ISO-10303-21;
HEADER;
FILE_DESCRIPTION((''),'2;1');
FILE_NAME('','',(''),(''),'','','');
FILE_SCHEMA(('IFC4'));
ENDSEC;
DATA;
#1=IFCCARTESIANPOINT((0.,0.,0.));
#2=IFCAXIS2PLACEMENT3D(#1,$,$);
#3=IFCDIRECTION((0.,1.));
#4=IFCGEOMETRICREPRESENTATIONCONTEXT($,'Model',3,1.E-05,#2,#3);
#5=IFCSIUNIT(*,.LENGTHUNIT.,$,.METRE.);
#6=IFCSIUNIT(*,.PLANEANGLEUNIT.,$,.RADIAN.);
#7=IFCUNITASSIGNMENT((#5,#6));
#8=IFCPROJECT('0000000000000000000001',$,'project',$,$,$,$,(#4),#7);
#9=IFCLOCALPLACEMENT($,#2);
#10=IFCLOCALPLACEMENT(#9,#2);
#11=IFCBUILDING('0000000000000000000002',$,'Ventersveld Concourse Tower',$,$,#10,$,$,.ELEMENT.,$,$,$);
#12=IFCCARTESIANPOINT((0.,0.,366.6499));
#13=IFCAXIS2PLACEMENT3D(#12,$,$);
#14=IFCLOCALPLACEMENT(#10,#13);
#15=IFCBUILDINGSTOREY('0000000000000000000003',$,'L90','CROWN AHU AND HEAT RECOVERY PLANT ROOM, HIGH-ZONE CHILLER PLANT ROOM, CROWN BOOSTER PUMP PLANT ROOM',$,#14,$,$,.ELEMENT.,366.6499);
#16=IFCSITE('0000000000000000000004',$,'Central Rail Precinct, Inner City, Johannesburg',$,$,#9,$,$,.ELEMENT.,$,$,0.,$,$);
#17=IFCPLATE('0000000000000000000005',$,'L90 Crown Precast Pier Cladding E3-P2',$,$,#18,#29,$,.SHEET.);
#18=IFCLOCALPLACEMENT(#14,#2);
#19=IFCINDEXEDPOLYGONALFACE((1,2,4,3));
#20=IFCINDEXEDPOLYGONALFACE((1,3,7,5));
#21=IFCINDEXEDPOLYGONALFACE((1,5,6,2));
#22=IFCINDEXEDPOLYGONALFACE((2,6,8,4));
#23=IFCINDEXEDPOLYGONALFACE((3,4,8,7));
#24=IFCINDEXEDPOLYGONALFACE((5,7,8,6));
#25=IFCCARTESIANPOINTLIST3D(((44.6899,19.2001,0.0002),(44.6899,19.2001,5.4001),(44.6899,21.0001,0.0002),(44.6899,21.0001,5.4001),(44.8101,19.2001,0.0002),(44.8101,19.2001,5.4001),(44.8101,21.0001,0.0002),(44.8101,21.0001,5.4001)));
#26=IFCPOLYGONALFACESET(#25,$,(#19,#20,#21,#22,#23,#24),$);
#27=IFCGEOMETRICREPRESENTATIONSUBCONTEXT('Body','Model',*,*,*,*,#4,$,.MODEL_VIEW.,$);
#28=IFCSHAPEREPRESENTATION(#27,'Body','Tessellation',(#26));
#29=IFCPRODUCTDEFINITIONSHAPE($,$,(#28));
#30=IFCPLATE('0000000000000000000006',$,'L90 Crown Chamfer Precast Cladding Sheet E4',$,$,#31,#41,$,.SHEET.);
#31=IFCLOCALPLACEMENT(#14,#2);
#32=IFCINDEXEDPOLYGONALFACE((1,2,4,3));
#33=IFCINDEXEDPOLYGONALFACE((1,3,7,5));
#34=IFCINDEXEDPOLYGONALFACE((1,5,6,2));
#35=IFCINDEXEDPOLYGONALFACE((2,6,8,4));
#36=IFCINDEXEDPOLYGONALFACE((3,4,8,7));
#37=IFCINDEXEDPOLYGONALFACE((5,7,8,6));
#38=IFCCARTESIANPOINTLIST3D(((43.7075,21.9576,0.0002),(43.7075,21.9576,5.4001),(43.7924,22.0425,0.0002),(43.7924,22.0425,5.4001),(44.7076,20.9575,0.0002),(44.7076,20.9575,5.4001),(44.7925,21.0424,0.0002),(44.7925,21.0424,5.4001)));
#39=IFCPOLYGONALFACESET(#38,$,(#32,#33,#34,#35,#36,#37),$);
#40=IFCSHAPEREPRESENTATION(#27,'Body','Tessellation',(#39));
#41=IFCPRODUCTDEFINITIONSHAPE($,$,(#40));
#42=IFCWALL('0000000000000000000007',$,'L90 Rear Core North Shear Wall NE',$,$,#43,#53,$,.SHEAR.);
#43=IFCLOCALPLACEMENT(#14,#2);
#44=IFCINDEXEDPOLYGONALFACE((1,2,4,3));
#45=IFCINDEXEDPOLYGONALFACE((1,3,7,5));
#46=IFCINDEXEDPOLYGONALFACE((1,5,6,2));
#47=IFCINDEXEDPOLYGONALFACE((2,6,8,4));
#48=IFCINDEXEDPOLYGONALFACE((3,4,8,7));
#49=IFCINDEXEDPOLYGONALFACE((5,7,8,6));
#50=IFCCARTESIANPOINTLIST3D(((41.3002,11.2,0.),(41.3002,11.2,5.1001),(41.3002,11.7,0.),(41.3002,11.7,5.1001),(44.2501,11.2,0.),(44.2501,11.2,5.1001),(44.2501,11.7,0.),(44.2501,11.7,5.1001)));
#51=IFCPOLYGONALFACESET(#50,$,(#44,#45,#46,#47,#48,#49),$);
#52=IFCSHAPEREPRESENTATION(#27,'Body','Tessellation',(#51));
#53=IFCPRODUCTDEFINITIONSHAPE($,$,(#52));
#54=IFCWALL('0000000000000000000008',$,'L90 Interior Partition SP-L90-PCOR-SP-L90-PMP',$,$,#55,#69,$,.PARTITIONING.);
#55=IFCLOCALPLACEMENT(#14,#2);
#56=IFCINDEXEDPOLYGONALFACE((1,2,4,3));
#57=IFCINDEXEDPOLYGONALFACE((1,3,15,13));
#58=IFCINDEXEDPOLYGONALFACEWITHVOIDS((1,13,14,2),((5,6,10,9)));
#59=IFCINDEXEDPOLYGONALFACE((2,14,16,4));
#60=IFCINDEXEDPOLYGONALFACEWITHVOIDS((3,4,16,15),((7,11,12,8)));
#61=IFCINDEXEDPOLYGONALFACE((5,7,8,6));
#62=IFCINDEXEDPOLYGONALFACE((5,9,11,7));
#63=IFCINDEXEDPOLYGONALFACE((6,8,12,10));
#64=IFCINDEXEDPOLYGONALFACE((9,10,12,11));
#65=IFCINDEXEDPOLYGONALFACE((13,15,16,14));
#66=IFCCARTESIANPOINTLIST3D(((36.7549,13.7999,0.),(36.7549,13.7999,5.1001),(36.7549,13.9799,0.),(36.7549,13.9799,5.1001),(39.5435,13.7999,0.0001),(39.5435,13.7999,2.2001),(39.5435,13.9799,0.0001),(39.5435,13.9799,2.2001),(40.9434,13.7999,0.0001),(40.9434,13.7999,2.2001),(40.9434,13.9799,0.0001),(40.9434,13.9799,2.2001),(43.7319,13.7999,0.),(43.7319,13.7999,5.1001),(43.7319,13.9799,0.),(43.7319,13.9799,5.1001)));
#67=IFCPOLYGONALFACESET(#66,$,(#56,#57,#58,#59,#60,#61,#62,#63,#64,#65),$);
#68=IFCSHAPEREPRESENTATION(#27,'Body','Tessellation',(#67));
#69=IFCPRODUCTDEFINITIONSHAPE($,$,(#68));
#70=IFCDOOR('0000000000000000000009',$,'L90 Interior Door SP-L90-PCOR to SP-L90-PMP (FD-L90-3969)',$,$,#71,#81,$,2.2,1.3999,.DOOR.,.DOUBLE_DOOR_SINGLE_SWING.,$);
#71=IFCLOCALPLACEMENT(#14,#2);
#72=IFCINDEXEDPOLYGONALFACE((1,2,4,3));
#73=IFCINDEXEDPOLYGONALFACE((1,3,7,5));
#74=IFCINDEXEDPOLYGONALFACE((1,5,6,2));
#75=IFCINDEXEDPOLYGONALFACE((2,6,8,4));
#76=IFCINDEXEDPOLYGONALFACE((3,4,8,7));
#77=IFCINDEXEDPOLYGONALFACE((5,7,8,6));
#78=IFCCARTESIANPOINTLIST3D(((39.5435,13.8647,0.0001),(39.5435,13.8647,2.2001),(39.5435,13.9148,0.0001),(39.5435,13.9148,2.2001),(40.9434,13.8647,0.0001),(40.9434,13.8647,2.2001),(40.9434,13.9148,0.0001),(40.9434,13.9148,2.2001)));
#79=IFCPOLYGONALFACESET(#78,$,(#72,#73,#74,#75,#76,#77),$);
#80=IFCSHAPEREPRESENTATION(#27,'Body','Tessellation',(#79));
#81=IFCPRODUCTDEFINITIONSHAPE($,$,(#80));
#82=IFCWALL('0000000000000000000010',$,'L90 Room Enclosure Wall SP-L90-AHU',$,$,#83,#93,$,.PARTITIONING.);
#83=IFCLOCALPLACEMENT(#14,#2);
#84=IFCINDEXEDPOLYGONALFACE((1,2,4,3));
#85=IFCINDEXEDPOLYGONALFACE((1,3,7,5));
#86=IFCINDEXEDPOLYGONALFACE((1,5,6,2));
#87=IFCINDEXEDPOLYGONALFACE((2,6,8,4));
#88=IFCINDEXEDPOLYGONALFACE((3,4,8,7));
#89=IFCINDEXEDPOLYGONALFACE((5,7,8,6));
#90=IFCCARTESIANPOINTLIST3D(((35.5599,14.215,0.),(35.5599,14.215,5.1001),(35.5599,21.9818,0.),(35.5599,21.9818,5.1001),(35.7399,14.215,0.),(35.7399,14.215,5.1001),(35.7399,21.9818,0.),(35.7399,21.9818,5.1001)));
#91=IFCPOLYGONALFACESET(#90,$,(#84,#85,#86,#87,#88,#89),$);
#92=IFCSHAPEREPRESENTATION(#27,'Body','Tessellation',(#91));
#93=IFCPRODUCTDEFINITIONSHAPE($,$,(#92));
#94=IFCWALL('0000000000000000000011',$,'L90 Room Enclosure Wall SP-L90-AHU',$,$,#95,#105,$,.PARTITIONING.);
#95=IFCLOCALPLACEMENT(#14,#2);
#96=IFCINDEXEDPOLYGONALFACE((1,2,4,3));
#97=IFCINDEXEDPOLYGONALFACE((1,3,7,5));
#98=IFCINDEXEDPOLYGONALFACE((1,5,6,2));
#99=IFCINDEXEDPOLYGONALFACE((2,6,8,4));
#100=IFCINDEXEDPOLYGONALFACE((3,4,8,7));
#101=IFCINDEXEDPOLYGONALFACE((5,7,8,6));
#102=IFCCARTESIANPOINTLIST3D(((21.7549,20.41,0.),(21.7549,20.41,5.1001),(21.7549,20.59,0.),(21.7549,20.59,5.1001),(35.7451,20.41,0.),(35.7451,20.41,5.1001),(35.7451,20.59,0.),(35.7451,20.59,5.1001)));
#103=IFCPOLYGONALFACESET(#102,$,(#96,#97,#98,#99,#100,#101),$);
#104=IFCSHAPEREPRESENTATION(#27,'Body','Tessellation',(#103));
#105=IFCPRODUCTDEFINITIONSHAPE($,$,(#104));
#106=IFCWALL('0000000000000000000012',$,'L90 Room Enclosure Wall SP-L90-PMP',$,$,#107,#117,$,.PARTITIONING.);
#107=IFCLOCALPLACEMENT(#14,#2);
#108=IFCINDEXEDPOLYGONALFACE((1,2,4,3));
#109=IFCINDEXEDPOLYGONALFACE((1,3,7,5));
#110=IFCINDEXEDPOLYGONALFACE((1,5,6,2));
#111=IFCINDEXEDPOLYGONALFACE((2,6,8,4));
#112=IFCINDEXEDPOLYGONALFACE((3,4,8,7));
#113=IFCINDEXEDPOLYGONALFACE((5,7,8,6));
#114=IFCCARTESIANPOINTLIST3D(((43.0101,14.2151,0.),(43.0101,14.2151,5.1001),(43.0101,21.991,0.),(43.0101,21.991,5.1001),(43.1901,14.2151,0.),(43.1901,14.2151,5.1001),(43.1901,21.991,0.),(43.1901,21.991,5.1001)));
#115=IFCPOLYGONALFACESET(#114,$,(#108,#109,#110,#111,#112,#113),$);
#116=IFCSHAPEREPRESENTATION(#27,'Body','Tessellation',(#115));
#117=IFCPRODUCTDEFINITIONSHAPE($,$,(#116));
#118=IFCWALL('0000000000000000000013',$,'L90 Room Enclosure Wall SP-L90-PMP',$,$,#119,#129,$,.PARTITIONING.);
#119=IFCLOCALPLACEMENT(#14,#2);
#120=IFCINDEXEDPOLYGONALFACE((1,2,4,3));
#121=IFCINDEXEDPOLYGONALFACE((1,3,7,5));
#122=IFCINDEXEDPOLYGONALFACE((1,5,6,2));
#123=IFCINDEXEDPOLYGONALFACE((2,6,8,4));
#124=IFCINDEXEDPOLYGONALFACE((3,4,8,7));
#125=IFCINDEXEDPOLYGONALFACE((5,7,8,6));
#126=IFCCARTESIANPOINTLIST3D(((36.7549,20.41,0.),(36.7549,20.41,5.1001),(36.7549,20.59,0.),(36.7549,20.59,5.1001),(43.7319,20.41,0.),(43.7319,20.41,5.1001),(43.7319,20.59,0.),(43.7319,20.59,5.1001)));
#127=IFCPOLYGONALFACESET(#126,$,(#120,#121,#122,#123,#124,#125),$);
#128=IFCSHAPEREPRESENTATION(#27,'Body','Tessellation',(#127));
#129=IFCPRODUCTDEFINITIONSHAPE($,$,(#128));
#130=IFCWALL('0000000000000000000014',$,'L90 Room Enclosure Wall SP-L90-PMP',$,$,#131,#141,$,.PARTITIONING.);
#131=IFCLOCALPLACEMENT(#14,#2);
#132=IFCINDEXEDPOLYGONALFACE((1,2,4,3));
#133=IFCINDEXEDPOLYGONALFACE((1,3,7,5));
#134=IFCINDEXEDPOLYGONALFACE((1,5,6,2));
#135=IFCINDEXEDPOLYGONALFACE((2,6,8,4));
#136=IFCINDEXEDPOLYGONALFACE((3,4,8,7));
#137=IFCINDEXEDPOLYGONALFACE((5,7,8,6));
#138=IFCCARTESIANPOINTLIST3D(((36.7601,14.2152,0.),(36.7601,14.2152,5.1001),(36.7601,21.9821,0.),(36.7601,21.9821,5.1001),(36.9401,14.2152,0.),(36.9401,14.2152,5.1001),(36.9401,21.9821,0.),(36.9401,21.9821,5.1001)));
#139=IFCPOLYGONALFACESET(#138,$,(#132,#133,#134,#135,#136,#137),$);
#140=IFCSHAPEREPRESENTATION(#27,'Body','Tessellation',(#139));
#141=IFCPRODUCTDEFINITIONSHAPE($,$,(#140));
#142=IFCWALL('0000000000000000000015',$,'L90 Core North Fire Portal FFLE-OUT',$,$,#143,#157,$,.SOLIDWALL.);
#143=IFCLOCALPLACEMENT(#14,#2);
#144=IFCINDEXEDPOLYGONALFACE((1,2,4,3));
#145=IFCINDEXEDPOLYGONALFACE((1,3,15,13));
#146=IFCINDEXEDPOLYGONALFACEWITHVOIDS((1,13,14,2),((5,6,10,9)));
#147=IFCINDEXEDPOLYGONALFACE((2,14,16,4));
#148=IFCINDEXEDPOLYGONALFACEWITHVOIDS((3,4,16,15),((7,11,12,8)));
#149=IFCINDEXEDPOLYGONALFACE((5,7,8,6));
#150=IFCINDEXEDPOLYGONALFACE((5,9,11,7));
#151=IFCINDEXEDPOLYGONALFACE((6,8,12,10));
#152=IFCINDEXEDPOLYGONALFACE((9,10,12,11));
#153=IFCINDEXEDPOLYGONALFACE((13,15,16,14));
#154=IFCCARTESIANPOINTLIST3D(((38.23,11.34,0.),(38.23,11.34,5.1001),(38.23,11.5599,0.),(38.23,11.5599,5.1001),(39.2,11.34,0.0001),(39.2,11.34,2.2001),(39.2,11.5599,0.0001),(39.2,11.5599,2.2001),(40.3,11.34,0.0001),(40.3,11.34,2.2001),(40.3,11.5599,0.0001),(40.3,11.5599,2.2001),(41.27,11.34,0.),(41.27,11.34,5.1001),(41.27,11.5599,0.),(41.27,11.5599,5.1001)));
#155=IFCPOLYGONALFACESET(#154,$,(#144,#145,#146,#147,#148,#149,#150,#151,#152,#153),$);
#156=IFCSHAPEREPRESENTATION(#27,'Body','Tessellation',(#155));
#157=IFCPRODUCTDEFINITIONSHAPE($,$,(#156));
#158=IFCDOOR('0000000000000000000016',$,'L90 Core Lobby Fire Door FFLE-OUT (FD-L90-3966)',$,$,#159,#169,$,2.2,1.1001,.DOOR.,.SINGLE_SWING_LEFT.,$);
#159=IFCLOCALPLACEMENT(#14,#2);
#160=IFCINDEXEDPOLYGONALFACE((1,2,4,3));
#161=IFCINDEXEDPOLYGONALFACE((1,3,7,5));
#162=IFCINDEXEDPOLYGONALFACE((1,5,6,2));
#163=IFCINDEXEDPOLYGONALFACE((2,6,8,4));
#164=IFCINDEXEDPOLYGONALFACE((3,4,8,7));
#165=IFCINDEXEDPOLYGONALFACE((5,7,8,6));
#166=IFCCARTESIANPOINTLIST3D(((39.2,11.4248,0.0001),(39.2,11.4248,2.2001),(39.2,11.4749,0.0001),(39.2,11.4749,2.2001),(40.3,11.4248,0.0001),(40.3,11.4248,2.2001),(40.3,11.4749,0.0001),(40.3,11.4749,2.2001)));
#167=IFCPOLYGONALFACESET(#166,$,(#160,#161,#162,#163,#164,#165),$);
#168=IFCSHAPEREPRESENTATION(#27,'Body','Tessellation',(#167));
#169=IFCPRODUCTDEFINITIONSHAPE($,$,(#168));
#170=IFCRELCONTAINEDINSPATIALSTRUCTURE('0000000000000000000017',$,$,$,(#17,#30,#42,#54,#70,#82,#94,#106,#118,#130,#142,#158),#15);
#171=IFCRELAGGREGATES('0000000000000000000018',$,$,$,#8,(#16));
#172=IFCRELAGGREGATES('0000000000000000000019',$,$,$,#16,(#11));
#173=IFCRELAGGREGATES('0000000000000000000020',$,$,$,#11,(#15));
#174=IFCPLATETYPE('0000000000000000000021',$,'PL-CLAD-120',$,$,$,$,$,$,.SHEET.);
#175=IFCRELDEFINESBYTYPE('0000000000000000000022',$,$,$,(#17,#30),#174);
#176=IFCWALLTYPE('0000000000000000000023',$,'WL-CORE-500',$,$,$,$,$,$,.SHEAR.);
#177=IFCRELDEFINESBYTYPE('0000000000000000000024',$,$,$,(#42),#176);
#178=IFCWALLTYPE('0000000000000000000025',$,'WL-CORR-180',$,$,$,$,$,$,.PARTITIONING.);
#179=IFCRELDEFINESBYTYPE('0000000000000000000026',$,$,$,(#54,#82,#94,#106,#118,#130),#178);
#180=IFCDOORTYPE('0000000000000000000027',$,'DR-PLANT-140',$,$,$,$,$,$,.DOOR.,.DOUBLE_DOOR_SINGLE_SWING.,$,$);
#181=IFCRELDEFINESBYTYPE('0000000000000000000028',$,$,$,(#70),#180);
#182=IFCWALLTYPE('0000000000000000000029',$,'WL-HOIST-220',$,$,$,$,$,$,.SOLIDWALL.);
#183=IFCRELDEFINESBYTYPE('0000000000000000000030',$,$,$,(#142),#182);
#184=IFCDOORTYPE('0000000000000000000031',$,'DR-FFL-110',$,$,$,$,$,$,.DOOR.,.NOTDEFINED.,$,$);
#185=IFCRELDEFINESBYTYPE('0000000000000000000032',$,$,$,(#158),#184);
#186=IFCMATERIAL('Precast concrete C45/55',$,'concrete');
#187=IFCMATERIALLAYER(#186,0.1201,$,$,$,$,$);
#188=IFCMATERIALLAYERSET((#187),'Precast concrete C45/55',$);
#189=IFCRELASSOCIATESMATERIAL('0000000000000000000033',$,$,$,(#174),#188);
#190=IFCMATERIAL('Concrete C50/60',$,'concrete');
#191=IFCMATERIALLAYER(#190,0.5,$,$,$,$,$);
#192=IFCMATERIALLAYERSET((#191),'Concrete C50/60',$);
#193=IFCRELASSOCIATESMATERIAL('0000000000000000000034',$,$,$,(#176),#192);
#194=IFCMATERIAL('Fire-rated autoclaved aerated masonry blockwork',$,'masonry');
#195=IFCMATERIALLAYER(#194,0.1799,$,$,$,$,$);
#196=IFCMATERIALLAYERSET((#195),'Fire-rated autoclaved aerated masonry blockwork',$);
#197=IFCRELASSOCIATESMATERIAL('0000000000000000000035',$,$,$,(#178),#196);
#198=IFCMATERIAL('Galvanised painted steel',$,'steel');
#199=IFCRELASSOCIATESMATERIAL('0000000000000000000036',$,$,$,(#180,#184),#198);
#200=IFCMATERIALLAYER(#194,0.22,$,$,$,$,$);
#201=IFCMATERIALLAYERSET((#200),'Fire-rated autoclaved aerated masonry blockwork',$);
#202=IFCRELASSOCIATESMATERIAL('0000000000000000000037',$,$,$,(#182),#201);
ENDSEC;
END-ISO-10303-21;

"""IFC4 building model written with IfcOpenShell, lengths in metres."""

from ifc_helpers import new_model, si_unit, direction, frame, frame_2d, origin, origin_2d, place, context, subcontext, project, spatial, rectangle, extrude, material, layer, layer_set, type_object, element, fill, save


model = new_model("IFC4")

# Units and contexts
model_context = context("Model", 3, precision=1e-05, world=origin(), true_north=direction((0.0, 1.0)))
body_context = subcontext(model_context, "Body", "Model", "MODEL_VIEW")
ifc_project = project(units=[si_unit("LENGTHUNIT", "METRE"), si_unit("PLANEANGLEUNIT", "RADIAN")], contexts=[model_context])

# Site, building, storey
site_placement = place(None, origin())
site = spatial("IfcSite", under=ifc_project, at=site_placement, Name="Central Rail Precinct, Inner City, Johannesburg", CompositionType="ELEMENT", RefElevation=0.0)
building_placement = place(site_placement, origin())
building = spatial("IfcBuilding", under=site, at=building_placement, Name="Ventersveld Concourse Tower", CompositionType="ELEMENT")
storey_placement = place(building_placement, frame((0.0, 0.0, 366.6499)))
storey = spatial("IfcBuildingStorey", under=building, at=storey_placement, Name="L90", Description="CROWN AHU AND HEAT RECOVERY PLANT ROOM, HIGH-ZONE CHILLER PLANT ROOM, CROWN BOOSTER PUMP PLANT ROOM", CompositionType="ELEMENT", Elevation=366.6499)

# Shared definitions
ifc_material_1 = material(Name="Concrete C50/60", Category="concrete")

# Plates
ifc_material_2 = material(Name="Precast concrete C45/55", Category="concrete")
ifc_layer_1 = layer(ifc_material_2, 0.1201)
ifc_layer_set_1 = layer_set([ifc_layer_1], Name="Precast concrete C45/55")
plate_type = type_object("IfcPlateType", Name="PL-CLAD-120", PredefinedType="SHEET", material=ifc_layer_set_1)
plate_1_placement = place(storey_placement, frame((44.75, 20.1001, 0.0002), z_axis=(0.0, 0.0, 1.0), x_axis=(0.0, 1.0, 0.0)))
element("IfcPlate", 1, at=plate_1_placement, inside=storey, type_object=plate_type, Name="L90 Crown Precast Pier Cladding E3-P2", PredefinedType="SHEET", context=body_context, shape_type="SweptSolid", body=[
    extrude(rectangle(XDim=1.8, YDim=0.1201, at=origin_2d()), origin(), (0.0, 0.0, 1.0), 5.3999),
])
plate_2_placement = place(storey_placement, frame((44.25, 21.5, 0.0002), z_axis=(0.0, 0.0, 1.0), x_axis=(-0.707107, 0.707107, 0.0)))
element("IfcPlate", 2, at=plate_2_placement, inside=storey, type_object=plate_type, Name="L90 Crown Chamfer Precast Cladding Sheet E4", PredefinedType="SHEET", context=body_context, shape_type="SweptSolid", body=[
    extrude(rectangle(XDim=1.4143, YDim=0.1201, at=origin_2d()), origin(), (0.0, 0.0, 1.0), 5.3999),
])

# Wall
ifc_layer_2 = layer(ifc_material_1, 0.5)
ifc_layer_set_2 = layer_set([ifc_layer_2], Name="Concrete C50/60")
wall_type_1 = type_object("IfcWallType", Name="WL-CORE-500", PredefinedType="SHEAR", material=ifc_layer_set_2)
wall_1_placement = place(storey_placement, frame((41.3, 11.45, 0.0), z_axis=(0.0, 0.0, 1.0), x_axis=(1.0, 0.0, 0.0)))
element("IfcWall", 3, at=wall_1_placement, inside=storey, type_object=wall_type_1, Name="L90 Rear Core North Shear Wall NE", PredefinedType="SHEAR", context=body_context, shape_type="SweptSolid", body=[
    extrude(rectangle(XDim=2.95, YDim=0.5, at=frame_2d((1.4751, 0.0))), origin(), (0.0, 0.0, 1.0), 5.1001),
])

# Wall, opening, door
ifc_material_3 = material(Name="Fire-rated autoclaved aerated masonry blockwork", Category="masonry")
ifc_layer_3 = layer(ifc_material_3, 0.1799)
ifc_layer_set_3 = layer_set([ifc_layer_3], Name="Fire-rated autoclaved aerated masonry blockwork")
wall_type_2 = type_object("IfcWallType", Name="WL-CORR-180", PredefinedType="PARTITIONING", material=ifc_layer_set_3)
wall_2_placement = place(storey_placement, frame((36.7549, 13.8899, 0.0), z_axis=(0.0, 0.0, 1.0), x_axis=(1.0, 0.0, 0.0)))
wall_2 = element("IfcWall", 4, at=wall_2_placement, inside=storey, type_object=wall_type_2, Name="L90 Interior Partition SP-L90-PCOR-SP-L90-PMP", PredefinedType="PARTITIONING", context=body_context, shape_type="SweptSolid", body=[
    extrude(rectangle(XDim=6.9771, YDim=0.1799, at=frame_2d((3.4885, 0.0))), origin(), (0.0, 0.0, 1.0), 5.1001),
])
opening_1_placement = place(wall_2_placement, frame((2.7886, 0.0, 0.0)))
opening_1 = element("IfcOpeningElement", 5, at=opening_1_placement, cuts=wall_2, PredefinedType="OPENING", context=body_context, shape_type="SweptSolid", body=[
    extrude(rectangle(XDim=1.3999, YDim=2.2, at=frame_2d((0.7, 1.1001))), frame((0.0, 0.1001, 0.0), z_axis=(0.0, -1.0, 0.0), x_axis=(1.0, 0.0, 0.0)), (0.0, 0.0, 1.0), 0.2),
])
ifc_material_4 = material(Name="Galvanised painted steel", Category="steel")
door_type_1 = type_object("IfcDoorType", Name="DR-PLANT-140", OperationType="DOUBLE_DOOR_SINGLE_SWING", PredefinedType="DOOR", material=ifc_material_4)
door_1_placement = place(opening_1_placement, origin())
door_1 = element("IfcDoor", 6, at=door_1_placement, inside=storey, type_object=door_type_1, Name="L90 Interior Door SP-L90-PCOR to SP-L90-PMP (FD-L90-3969)", OperationType="DOUBLE_DOOR_SINGLE_SWING", OverallHeight=2.2, OverallWidth=1.3999, PredefinedType="DOOR", context=body_context, shape_type="SweptSolid", body=[
    extrude(rectangle(XDim=1.3999, YDim=2.2, at=frame_2d((0.7, 1.1001))), frame((0.0, 0.0249, 0.0), z_axis=(0.0, -1.0, 0.0), x_axis=(1.0, 0.0, 0.0)), (0.0, 0.0, 1.0), 0.05),
])
fill(opening_1, door_1)

# Walls
wall_3_placement = place(storey_placement, frame((35.6499, 14.2151, 0.0), z_axis=(0.0, 0.0, 1.0), x_axis=(0.0, 1.0, 0.0)))
element("IfcWall", 7, at=wall_3_placement, inside=storey, type_object=wall_type_2, Name="L90 Room Enclosure Wall SP-L90-AHU", PredefinedType="PARTITIONING", context=body_context, shape_type="SweptSolid", body=[
    extrude(rectangle(XDim=7.7668, YDim=0.1799, at=frame_2d((3.8833, 0.0))), origin(), (0.0, 0.0, 1.0), 5.1001),
])
wall_4_placement = place(storey_placement, frame((35.7451, 20.5, 0.0), z_axis=(0.0, 0.0, 1.0), x_axis=(-1.0, 0.0, 0.0)))
element("IfcWall", 8, at=wall_4_placement, inside=storey, type_object=wall_type_2, Name="L90 Room Enclosure Wall SP-L90-AHU", PredefinedType="PARTITIONING", context=body_context, shape_type="SweptSolid", body=[
    extrude(rectangle(XDim=13.9902, YDim=0.1799, at=frame_2d((6.9951, 0.0))), origin(), (0.0, 0.0, 1.0), 5.1001),
])
wall_5_placement = place(storey_placement, frame((43.1001, 14.2151, 0.0), z_axis=(0.0, 0.0, 1.0), x_axis=(0.0, 1.0, 0.0)))
element("IfcWall", 9, at=wall_5_placement, inside=storey, type_object=wall_type_2, Name="L90 Room Enclosure Wall SP-L90-PMP", PredefinedType="PARTITIONING", context=body_context, shape_type="SweptSolid", body=[
    extrude(rectangle(XDim=7.7759, YDim=0.1799, at=frame_2d((3.8879, 0.0))), origin(), (0.0, 0.0, 1.0), 5.1001),
])
wall_6_placement = place(storey_placement, frame((43.7319, 20.5, 0.0), z_axis=(0.0, 0.0, 1.0), x_axis=(-1.0, 0.0, 0.0)))
element("IfcWall", 10, at=wall_6_placement, inside=storey, type_object=wall_type_2, Name="L90 Room Enclosure Wall SP-L90-PMP", PredefinedType="PARTITIONING", context=body_context, shape_type="SweptSolid", body=[
    extrude(rectangle(XDim=6.9771, YDim=0.1799, at=frame_2d((3.4885, 0.0))), origin(), (0.0, 0.0, 1.0), 5.1001),
])
wall_7_placement = place(storey_placement, frame((36.8501, 21.9819, 0.0), z_axis=(0.0, 0.0, 1.0), x_axis=(0.0, -1.0, 0.0)))
element("IfcWall", 11, at=wall_7_placement, inside=storey, type_object=wall_type_2, Name="L90 Room Enclosure Wall SP-L90-PMP", PredefinedType="PARTITIONING", context=body_context, shape_type="SweptSolid", body=[
    extrude(rectangle(XDim=7.7668, YDim=0.1799, at=frame_2d((3.8833, 0.0))), origin(), (0.0, 0.0, 1.0), 5.1001),
])

# Wall, opening, door
ifc_layer_4 = layer(ifc_material_3, 0.22)
ifc_layer_set_4 = layer_set([ifc_layer_4], Name="Fire-rated autoclaved aerated masonry blockwork")
wall_type_3 = type_object("IfcWallType", Name="WL-HOIST-220", PredefinedType="SOLIDWALL", material=ifc_layer_set_4)
wall_8_placement = place(storey_placement, frame((38.23, 11.45, 0.0), z_axis=(0.0, 0.0, 1.0), x_axis=(1.0, 0.0, 0.0)))
wall_8 = element("IfcWall", 12, at=wall_8_placement, inside=storey, type_object=wall_type_3, Name="L90 Core North Fire Portal FFLE-OUT", PredefinedType="SOLIDWALL", context=body_context, shape_type="SweptSolid", body=[
    extrude(rectangle(XDim=3.04, YDim=0.22, at=frame_2d((1.52, 0.0))), origin(), (0.0, 0.0, 1.0), 5.1001),
])
opening_2_placement = place(wall_8_placement, frame((0.97, 0.0, 0.0)))
opening_2 = element("IfcOpeningElement", 13, at=opening_2_placement, cuts=wall_8, PredefinedType="OPENING", context=body_context, shape_type="SweptSolid", body=[
    extrude(rectangle(XDim=1.1001, YDim=2.2, at=frame_2d((0.55, 1.1001))), frame((0.0, 0.1201, 0.0), z_axis=(0.0, -1.0, 0.0), x_axis=(1.0, 0.0, 0.0)), (0.0, 0.0, 1.0), 0.24),
])
door_type_2 = type_object("IfcDoorType", Name="DR-FFL-110", OperationType="NOTDEFINED", PredefinedType="DOOR", material=ifc_material_4)
door_2_placement = place(opening_2_placement, origin())
door_2 = element("IfcDoor", 14, at=door_2_placement, inside=storey, type_object=door_type_2, Name="L90 Core Lobby Fire Door FFLE-OUT (FD-L90-3966)", OperationType="SINGLE_SWING_LEFT", OverallHeight=2.2, OverallWidth=1.1001, PredefinedType="DOOR", context=body_context, shape_type="SweptSolid", body=[
    extrude(rectangle(XDim=1.1001, YDim=2.2, at=frame_2d((0.55, 1.1001))), frame((0.0, 0.0249, 0.0), z_axis=(0.0, -1.0, 0.0), x_axis=(1.0, 0.0, 0.0)), (0.0, 0.0, 1.0), 0.05),
])
fill(opening_2, door_2)

save(model, "model.ifc")
